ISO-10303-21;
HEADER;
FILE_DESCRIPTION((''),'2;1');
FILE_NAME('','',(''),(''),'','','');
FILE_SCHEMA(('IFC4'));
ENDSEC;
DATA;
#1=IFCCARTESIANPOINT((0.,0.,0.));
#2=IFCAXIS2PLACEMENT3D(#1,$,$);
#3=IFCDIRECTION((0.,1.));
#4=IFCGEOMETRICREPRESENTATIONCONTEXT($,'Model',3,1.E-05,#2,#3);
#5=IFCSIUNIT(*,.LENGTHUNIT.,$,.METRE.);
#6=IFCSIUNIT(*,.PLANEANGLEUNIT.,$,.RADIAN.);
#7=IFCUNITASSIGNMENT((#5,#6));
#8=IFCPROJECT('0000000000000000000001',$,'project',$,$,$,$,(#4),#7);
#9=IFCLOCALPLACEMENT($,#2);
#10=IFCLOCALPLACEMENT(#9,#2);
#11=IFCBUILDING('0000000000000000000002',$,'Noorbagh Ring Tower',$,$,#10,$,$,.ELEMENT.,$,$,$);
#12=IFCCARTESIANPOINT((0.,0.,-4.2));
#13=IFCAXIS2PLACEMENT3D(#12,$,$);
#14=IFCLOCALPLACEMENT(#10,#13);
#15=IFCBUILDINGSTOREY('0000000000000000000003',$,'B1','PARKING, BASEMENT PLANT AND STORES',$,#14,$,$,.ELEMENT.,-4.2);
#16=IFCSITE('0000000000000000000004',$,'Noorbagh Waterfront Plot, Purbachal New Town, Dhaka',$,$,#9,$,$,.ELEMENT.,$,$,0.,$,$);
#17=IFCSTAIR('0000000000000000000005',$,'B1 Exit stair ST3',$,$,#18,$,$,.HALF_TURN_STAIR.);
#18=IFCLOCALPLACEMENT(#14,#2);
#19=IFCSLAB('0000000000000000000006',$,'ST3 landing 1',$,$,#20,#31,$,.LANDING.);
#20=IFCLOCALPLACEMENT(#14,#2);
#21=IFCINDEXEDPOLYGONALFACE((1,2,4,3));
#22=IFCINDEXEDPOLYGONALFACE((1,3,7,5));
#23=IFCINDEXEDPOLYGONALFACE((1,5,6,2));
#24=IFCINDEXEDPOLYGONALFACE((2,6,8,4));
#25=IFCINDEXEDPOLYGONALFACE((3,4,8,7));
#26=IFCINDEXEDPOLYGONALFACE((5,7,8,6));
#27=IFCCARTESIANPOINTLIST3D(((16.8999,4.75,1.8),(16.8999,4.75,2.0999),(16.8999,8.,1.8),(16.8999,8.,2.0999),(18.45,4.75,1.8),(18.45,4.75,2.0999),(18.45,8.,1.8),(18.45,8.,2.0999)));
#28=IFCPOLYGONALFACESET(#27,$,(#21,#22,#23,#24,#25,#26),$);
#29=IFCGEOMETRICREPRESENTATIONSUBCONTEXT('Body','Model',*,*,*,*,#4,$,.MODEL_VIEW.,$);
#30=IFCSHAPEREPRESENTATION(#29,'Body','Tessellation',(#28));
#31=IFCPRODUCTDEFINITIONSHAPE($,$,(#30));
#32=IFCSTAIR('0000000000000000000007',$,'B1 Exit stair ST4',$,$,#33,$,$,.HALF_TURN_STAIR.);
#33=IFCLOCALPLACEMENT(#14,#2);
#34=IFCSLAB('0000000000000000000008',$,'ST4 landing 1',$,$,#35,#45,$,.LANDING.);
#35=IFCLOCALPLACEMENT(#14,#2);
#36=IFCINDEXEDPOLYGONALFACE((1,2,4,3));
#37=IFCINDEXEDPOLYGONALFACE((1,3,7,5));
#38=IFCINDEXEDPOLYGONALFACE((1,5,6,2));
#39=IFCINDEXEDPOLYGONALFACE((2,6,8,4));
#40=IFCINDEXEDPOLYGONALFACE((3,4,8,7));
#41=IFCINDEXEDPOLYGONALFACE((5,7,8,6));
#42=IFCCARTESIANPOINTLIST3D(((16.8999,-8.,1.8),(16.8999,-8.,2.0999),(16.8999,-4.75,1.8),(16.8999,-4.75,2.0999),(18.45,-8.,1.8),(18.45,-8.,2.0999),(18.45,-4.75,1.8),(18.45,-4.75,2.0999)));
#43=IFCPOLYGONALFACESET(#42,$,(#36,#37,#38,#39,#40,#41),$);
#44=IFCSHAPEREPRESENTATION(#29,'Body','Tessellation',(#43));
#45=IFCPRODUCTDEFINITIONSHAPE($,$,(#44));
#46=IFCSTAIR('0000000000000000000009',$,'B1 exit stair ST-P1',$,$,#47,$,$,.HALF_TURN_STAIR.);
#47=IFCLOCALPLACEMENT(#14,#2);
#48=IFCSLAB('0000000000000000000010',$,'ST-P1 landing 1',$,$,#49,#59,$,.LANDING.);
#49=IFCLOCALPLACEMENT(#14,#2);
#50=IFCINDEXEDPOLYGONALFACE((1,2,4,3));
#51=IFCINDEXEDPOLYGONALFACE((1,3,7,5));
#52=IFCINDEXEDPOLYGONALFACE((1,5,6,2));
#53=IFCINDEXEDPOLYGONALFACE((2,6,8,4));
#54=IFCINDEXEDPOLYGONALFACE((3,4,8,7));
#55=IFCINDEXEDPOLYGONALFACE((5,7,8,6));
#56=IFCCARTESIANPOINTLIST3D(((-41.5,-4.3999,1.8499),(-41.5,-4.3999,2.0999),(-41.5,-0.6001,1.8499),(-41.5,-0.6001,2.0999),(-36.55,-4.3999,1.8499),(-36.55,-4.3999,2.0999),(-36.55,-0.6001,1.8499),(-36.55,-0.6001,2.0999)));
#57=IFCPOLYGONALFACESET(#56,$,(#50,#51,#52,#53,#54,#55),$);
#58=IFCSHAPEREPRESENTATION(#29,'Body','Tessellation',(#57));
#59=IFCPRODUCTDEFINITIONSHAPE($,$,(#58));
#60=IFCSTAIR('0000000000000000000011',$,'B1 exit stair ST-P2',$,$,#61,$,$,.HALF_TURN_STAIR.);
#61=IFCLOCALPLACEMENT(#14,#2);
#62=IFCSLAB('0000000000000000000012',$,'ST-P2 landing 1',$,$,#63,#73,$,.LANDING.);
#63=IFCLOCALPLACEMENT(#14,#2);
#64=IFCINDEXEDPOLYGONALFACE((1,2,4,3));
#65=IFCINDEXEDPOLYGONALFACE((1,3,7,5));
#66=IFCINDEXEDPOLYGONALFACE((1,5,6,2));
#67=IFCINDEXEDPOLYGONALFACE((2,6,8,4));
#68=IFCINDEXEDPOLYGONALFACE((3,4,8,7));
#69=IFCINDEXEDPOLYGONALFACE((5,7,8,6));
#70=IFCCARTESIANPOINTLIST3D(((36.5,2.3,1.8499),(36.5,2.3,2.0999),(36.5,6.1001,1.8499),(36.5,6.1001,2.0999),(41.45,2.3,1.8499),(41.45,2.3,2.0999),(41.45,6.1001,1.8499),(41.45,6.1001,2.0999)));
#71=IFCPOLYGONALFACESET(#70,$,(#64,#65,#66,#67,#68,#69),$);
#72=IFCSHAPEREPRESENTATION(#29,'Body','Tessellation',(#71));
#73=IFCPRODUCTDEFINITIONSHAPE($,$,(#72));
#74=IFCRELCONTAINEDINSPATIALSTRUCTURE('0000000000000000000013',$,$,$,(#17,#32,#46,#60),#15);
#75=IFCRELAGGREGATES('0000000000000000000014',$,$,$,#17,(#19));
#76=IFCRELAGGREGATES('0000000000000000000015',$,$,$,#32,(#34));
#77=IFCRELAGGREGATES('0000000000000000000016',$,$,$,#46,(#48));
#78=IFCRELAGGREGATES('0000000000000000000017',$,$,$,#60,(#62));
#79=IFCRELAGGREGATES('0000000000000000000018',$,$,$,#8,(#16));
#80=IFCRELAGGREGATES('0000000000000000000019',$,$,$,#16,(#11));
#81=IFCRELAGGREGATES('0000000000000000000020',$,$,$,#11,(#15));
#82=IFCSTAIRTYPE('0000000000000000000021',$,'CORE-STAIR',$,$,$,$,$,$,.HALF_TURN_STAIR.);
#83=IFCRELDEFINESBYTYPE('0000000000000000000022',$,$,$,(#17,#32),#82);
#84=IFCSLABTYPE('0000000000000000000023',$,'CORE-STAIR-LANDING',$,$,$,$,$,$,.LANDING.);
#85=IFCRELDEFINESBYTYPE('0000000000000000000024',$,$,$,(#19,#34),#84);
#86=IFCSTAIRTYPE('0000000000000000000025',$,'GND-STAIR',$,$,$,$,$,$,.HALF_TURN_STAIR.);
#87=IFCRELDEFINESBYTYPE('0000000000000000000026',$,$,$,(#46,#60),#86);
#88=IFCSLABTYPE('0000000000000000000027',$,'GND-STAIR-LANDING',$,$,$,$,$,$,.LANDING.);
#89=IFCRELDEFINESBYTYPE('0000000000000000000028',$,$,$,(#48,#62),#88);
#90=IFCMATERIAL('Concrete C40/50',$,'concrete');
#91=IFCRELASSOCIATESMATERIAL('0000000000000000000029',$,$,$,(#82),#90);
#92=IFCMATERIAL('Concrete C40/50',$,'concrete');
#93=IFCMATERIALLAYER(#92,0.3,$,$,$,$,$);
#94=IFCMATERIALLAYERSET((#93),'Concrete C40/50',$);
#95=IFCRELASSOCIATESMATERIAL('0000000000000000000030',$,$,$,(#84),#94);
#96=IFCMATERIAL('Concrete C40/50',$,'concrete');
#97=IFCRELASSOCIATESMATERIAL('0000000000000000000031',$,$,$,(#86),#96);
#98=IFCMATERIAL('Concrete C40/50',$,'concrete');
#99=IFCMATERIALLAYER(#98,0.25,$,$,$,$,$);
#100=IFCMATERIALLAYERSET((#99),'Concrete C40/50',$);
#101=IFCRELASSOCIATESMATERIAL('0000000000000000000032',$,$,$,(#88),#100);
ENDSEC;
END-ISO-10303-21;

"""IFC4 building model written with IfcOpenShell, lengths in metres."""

from ifc_helpers import new_model, si_unit, direction, frame, origin, place, context, subcontext, project, spatial, polyline, outline, extrude, material, layer, layer_set, type_object, element, aggregate, save


model = new_model("IFC4")

# Units and contexts
model_context = context("Model", 3, precision=1e-05, world=origin(), true_north=direction((0.0, 1.0)))
body_context = subcontext(model_context, "Body", "Model", "MODEL_VIEW")
ifc_project = project(units=[si_unit("LENGTHUNIT", "METRE"), si_unit("PLANEANGLEUNIT", "RADIAN")], contexts=[model_context])

# Site, building, storey
site_placement = place(None, origin())
site = spatial("IfcSite", under=ifc_project, at=site_placement, Name="Noorbagh Waterfront Plot, Purbachal New Town, Dhaka", CompositionType="ELEMENT", RefElevation=0.0)
building_placement = place(site_placement, origin())
building = spatial("IfcBuilding", under=site, at=building_placement, Name="Noorbagh Ring Tower", CompositionType="ELEMENT")
storey_placement = place(building_placement, frame((0.0, 0.0, -4.2)))
storey = spatial("IfcBuildingStorey", under=building, at=storey_placement, Name="B1", Description="PARKING, BASEMENT PLANT AND STORES", CompositionType="ELEMENT", Elevation=-4.2)

# Stairs, slabs
ifc_material_1 = material(Name="Concrete C40/50", Category="concrete")
stair_type_1 = type_object("IfcStairType", Name="CORE-STAIR", PredefinedType="HALF_TURN_STAIR", material=ifc_material_1)
ifc_material_2 = material(Name="Concrete C40/50", Category="concrete")
ifc_layer_1 = layer(ifc_material_2, 0.3)
ifc_layer_set_1 = layer_set([ifc_layer_1], Name="Concrete C40/50")
slab_type_1 = type_object("IfcSlabType", Name="CORE-STAIR-LANDING", PredefinedType="LANDING", material=ifc_layer_set_1)
stair_1_placement = place(storey_placement, origin())
stair_1 = element("IfcStair", 1, at=stair_1_placement, inside=storey, type_object=stair_type_1, Name="B1 Exit stair ST3", PredefinedType="HALF_TURN_STAIR")
slab_1_placement = place(storey_placement, frame((0.0, 0.0, 1.8)))
slab_1 = element("IfcSlab", 2, at=slab_1_placement, type_object=slab_type_1, Name="ST3 landing 1", PredefinedType="LANDING", context=body_context, shape_type="SweptSolid", body=[
    extrude(outline(polyline([(18.45, 8.0), (16.8999, 8.0), (16.8999, 4.75), (18.45, 4.75), (18.45, 8.0)])), origin(), (0.0, 0.0, 1.0), 0.2998),
])
aggregate(stair_1, [slab_1])
stair_2_placement = place(storey_placement, origin())
stair_2 = element("IfcStair", 3, at=stair_2_placement, inside=storey, type_object=stair_type_1, Name="B1 Exit stair ST4", PredefinedType="HALF_TURN_STAIR")
slab_2_placement = place(storey_placement, frame((0.0, 0.0, 1.8)))
slab_2 = element("IfcSlab", 4, at=slab_2_placement, type_object=slab_type_1, Name="ST4 landing 1", PredefinedType="LANDING", context=body_context, shape_type="SweptSolid", body=[
    extrude(outline(polyline([(18.45, -4.75), (16.8999, -4.75), (16.8999, -8.0), (18.45, -8.0), (18.45, -4.75)])), origin(), (0.0, 0.0, 1.0), 0.2998),
])
aggregate(stair_2, [slab_2])
ifc_material_3 = material(Name="Concrete C40/50", Category="concrete")
stair_type_2 = type_object("IfcStairType", Name="GND-STAIR", PredefinedType="HALF_TURN_STAIR", material=ifc_material_3)
stair_3_placement = place(storey_placement, origin())
stair_3 = element("IfcStair", 5, at=stair_3_placement, inside=storey, type_object=stair_type_2, Name="B1 exit stair ST-P1", PredefinedType="HALF_TURN_STAIR")
ifc_material_4 = material(Name="Concrete C40/50", Category="concrete")
ifc_layer_2 = layer(ifc_material_4, 0.25)
ifc_layer_set_2 = layer_set([ifc_layer_2], Name="Concrete C40/50")
slab_type_2 = type_object("IfcSlabType", Name="GND-STAIR-LANDING", PredefinedType="LANDING", material=ifc_layer_set_2)
slab_3_placement = place(storey_placement, frame((0.0, 0.0, 1.8499)))
slab_3 = element("IfcSlab", 6, at=slab_3_placement, type_object=slab_type_2, Name="ST-P1 landing 1", PredefinedType="LANDING", context=body_context, shape_type="SweptSolid", body=[
    extrude(outline(polyline([(-36.55, -4.3999), (-36.55, -0.6001), (-41.5, -0.6001), (-41.5, -4.3999), (-36.55, -4.3999)])), origin(), (0.0, 0.0, 1.0), 0.25),
])
aggregate(stair_3, [slab_3])
stair_4_placement = place(storey_placement, origin())
stair_4 = element("IfcStair", 7, at=stair_4_placement, inside=storey, type_object=stair_type_2, Name="B1 exit stair ST-P2", PredefinedType="HALF_TURN_STAIR")
slab_4_placement = place(storey_placement, frame((0.0, 0.0, 1.8499)))
slab_4 = element("IfcSlab", 8, at=slab_4_placement, type_object=slab_type_2, Name="ST-P2 landing 1", PredefinedType="LANDING", context=body_context, shape_type="SweptSolid", body=[
    extrude(outline(polyline([(41.45, 2.3), (41.45, 6.1001), (36.5, 6.1001), (36.5, 2.3), (41.45, 2.3)])), origin(), (0.0, 0.0, 1.0), 0.25),
])
aggregate(stair_4, [slab_4])

save(model, "model.ifc")
